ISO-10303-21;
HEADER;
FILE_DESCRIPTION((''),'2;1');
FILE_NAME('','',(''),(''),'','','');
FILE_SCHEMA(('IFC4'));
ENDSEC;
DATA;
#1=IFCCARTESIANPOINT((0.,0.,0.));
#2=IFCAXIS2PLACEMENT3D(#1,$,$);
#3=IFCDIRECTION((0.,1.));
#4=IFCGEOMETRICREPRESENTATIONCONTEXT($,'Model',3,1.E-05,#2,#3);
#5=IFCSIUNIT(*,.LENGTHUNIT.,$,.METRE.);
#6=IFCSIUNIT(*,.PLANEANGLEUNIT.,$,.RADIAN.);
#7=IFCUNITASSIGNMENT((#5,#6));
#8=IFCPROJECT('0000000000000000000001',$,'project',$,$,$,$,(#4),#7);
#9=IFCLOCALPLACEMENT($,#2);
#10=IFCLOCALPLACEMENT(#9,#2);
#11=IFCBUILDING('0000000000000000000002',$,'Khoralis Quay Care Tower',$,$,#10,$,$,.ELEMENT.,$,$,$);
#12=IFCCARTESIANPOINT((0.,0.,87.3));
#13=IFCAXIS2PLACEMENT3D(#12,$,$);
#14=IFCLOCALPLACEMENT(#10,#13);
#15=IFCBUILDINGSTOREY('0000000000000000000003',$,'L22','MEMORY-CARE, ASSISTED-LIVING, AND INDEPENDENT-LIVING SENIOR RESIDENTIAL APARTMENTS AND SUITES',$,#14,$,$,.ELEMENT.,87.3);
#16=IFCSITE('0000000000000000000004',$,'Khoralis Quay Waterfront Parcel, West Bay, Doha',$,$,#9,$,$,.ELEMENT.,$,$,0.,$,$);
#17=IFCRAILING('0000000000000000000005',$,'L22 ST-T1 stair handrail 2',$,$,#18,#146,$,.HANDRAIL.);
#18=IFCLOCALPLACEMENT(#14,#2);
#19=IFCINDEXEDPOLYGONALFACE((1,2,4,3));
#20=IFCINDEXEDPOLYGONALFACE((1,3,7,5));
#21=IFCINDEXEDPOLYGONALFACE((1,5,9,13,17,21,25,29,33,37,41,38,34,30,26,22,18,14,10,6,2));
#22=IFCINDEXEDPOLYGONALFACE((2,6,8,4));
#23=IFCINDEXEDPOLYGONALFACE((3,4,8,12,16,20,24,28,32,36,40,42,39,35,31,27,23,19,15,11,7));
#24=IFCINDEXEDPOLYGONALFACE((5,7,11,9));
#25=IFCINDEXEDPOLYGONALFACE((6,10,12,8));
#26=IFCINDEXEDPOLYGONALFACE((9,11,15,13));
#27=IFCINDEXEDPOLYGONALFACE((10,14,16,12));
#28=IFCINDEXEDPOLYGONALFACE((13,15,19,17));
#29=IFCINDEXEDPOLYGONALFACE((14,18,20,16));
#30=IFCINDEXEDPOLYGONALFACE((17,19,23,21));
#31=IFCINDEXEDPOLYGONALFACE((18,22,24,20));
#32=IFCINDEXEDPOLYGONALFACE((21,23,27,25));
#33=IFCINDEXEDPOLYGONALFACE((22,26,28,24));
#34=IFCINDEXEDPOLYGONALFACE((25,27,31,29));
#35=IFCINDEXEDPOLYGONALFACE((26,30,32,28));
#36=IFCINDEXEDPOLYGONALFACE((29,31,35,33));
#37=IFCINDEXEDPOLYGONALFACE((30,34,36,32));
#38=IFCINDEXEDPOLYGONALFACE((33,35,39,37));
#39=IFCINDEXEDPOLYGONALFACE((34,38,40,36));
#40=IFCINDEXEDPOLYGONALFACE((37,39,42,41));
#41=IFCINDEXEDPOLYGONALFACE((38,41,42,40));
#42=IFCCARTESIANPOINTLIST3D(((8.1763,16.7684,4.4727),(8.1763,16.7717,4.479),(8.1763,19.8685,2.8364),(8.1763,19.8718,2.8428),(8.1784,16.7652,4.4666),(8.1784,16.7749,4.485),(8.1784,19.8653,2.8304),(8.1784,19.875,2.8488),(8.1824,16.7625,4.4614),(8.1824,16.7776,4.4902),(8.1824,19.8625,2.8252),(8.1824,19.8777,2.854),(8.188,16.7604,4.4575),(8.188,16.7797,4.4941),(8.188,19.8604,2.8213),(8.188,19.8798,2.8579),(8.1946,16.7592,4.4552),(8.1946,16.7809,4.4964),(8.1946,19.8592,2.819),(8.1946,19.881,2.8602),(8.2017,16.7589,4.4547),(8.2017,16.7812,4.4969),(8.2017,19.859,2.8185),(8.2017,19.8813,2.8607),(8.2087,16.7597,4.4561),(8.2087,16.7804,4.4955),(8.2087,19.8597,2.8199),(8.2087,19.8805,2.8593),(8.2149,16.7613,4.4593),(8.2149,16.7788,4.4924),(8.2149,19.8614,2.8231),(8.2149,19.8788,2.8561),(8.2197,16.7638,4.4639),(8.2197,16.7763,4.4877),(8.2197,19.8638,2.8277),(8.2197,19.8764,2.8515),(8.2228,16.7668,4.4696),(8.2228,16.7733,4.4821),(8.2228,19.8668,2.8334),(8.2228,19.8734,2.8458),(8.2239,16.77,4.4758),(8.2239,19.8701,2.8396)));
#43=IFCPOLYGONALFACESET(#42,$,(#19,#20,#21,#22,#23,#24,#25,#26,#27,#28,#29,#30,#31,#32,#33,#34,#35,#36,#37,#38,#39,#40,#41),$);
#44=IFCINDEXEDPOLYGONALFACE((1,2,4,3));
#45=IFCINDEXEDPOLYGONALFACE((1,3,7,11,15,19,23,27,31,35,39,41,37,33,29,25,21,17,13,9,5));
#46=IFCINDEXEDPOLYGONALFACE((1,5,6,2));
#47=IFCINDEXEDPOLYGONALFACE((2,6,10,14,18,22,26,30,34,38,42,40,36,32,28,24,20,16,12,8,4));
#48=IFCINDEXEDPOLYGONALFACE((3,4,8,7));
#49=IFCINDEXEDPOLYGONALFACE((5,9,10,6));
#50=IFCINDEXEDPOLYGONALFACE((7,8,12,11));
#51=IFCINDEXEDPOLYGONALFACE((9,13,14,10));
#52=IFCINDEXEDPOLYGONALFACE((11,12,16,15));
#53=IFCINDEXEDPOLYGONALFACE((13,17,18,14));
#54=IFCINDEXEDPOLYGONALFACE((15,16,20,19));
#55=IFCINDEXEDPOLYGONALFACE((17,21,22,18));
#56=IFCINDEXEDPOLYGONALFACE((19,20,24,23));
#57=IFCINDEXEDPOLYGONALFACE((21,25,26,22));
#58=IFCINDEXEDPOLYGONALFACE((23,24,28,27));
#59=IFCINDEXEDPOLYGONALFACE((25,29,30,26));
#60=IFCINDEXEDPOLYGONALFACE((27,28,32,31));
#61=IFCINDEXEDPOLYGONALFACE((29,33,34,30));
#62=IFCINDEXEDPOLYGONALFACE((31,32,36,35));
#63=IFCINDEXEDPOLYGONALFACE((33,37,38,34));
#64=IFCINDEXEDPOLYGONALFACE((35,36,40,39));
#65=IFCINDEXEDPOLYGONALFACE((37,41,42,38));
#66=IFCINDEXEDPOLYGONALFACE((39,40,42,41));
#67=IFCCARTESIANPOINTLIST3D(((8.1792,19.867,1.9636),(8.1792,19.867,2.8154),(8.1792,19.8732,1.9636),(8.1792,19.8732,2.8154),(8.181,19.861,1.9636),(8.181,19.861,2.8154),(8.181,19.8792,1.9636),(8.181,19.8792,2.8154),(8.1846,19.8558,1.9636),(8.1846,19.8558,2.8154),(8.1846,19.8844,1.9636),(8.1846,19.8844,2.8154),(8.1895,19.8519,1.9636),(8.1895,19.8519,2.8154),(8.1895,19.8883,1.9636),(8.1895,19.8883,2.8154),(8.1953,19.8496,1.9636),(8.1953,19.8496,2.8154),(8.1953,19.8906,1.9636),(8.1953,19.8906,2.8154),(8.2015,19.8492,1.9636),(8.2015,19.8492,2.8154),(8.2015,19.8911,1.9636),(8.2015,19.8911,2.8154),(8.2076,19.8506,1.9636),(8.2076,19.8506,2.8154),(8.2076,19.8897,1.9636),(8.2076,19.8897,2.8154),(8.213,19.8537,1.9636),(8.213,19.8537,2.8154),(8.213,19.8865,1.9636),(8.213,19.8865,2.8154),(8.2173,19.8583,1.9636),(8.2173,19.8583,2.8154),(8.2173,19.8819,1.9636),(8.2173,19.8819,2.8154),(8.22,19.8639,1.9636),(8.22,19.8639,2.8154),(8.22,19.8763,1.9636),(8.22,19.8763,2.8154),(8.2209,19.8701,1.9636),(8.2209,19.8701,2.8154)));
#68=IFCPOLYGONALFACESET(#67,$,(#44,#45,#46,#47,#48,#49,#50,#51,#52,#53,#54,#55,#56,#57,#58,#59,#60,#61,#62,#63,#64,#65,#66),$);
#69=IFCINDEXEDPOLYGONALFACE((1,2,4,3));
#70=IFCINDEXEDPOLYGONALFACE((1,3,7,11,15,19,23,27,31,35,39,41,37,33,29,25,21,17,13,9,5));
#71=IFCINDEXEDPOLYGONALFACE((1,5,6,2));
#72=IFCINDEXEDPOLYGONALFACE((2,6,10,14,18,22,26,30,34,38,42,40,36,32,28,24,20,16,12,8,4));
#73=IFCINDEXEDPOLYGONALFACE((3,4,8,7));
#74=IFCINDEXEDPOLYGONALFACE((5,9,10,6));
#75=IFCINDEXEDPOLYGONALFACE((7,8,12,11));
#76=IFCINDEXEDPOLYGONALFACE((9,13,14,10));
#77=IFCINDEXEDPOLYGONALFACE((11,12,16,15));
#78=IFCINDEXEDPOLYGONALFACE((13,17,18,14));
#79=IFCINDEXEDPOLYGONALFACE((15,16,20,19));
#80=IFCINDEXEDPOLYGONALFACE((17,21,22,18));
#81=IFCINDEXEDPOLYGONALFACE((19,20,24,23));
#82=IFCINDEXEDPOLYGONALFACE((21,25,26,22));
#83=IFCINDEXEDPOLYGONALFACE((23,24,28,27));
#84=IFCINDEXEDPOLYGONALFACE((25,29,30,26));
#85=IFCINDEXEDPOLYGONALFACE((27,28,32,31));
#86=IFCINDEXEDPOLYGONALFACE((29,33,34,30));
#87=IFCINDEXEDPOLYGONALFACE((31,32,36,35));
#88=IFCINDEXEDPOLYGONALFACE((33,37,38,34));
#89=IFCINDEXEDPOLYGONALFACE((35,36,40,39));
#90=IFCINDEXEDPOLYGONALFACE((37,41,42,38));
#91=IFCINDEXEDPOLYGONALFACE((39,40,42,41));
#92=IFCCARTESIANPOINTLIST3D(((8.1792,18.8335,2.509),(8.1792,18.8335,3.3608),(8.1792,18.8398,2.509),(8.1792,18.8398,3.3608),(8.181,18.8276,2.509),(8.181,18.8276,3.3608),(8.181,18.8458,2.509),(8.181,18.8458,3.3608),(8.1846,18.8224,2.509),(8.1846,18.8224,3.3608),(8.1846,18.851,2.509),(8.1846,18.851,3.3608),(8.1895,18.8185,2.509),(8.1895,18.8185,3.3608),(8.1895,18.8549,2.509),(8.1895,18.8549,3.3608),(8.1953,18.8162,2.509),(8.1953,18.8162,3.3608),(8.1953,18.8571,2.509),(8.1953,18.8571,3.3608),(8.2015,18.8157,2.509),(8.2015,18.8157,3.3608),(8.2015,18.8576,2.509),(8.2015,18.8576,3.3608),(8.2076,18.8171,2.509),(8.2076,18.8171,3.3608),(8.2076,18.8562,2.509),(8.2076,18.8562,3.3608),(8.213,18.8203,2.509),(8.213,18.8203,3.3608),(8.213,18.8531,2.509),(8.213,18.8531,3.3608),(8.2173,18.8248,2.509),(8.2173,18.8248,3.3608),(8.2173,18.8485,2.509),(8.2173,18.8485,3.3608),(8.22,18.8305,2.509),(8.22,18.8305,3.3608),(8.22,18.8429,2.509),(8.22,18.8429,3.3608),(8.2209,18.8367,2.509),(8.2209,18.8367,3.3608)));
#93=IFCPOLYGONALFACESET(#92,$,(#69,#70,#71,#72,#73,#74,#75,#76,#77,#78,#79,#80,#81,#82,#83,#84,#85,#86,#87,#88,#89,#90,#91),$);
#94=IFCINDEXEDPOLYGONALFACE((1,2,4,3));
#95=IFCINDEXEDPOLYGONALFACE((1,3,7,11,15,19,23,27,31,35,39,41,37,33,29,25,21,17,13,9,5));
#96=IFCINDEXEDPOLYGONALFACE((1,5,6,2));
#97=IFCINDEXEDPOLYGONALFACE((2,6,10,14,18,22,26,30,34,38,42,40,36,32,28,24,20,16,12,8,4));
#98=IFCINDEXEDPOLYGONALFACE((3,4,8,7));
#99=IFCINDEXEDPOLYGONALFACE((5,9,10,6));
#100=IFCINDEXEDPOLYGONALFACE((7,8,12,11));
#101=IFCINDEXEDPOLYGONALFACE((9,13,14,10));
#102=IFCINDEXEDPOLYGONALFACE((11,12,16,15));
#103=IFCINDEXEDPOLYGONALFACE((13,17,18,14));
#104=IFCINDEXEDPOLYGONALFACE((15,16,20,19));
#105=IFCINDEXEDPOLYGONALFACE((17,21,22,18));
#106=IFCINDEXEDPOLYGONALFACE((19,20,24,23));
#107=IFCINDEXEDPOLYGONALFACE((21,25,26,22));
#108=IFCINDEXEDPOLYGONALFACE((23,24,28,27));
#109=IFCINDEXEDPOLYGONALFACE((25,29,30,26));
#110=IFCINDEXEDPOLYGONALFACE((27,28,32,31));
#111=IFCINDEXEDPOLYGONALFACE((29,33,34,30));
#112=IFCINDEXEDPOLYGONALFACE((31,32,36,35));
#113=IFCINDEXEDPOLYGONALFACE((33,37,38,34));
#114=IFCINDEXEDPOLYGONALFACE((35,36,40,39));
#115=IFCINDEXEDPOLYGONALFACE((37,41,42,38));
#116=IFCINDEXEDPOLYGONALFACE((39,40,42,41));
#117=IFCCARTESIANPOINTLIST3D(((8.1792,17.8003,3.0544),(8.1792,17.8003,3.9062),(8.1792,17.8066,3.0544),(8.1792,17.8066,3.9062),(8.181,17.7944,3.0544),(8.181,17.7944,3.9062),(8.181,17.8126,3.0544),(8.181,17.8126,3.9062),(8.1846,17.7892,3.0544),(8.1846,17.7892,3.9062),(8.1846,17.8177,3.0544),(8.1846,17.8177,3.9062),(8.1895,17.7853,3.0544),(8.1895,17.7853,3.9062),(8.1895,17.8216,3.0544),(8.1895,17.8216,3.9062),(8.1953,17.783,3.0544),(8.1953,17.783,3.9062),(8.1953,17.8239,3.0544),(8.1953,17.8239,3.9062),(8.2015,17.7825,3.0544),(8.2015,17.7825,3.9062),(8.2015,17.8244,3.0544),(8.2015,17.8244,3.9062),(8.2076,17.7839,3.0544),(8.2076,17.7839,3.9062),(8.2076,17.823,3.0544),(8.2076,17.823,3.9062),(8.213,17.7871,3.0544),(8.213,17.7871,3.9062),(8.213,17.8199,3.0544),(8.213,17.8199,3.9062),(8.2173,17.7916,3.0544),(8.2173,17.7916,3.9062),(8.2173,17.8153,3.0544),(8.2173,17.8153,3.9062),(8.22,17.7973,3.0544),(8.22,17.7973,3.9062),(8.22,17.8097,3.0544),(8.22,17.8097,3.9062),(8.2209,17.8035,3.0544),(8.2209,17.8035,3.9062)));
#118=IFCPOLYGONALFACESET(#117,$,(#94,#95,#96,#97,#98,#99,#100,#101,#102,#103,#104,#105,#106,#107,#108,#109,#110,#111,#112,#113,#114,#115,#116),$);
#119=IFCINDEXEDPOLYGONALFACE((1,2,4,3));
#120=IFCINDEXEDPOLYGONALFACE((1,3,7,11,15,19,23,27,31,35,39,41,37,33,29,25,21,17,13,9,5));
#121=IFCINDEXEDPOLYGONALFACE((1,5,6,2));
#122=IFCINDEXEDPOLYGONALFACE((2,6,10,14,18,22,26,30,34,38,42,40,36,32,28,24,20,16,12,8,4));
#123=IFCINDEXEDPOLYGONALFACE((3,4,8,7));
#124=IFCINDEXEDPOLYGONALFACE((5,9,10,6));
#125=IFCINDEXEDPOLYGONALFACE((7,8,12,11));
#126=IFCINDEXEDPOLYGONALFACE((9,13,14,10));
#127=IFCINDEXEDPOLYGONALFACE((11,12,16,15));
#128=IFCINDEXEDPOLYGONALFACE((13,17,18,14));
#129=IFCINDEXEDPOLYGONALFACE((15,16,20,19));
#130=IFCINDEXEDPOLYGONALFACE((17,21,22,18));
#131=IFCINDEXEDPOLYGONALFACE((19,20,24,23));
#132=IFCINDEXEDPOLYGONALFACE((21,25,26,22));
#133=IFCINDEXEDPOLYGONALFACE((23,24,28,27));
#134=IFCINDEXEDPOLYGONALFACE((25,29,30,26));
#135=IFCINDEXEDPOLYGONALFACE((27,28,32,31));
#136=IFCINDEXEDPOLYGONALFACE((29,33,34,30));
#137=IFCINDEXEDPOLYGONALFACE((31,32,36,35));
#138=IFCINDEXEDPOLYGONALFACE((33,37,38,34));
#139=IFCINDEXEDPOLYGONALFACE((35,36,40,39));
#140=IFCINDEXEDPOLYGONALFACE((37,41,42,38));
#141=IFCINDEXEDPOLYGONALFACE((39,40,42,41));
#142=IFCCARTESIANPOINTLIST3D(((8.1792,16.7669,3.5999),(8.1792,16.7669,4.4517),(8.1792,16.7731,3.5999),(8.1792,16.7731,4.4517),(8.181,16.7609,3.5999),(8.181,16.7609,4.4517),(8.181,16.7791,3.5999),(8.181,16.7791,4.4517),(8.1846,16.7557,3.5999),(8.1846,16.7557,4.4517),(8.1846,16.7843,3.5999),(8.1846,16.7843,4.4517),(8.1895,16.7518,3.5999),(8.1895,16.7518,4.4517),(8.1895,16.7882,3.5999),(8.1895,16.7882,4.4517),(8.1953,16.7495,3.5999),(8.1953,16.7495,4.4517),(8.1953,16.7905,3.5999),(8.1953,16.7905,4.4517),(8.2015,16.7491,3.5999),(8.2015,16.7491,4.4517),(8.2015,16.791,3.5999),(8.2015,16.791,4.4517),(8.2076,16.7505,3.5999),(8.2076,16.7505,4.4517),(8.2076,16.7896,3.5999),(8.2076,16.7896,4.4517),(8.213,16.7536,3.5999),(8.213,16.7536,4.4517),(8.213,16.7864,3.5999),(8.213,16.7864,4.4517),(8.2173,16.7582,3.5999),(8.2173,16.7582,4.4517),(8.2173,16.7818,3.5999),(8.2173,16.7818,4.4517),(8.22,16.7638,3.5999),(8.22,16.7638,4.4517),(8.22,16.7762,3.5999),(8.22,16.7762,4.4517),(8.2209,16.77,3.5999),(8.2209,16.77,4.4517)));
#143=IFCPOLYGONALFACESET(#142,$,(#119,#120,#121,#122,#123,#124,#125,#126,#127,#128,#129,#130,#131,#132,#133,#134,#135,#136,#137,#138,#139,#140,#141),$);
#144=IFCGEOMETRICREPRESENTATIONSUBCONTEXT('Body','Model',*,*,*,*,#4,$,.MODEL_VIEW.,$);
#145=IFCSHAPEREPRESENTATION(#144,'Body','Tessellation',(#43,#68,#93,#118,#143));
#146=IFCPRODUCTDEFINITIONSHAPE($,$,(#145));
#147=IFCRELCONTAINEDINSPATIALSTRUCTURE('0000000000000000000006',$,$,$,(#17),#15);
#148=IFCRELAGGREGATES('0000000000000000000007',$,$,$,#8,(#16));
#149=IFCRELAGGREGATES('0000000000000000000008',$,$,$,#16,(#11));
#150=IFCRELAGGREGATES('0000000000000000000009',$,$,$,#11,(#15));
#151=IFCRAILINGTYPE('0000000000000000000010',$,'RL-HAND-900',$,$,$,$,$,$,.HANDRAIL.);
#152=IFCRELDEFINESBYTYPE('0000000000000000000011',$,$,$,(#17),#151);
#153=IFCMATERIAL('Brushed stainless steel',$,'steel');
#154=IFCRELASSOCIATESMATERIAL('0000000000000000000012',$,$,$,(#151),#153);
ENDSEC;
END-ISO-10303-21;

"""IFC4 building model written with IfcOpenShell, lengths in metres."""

from ifc_helpers import new_model, si_unit, direction, frame, origin, origin_2d, place, context, subcontext, project, spatial, circle, extrude, material, type_object, element, save


model = new_model("IFC4")

# Units and contexts
model_context = context("Model", 3, precision=1e-05, world=origin(), true_north=direction((0.0, 1.0)))
body_context = subcontext(model_context, "Body", "Model", "MODEL_VIEW")
ifc_project = project(units=[si_unit("LENGTHUNIT", "METRE"), si_unit("PLANEANGLEUNIT", "RADIAN")], contexts=[model_context])

# Site, building, storey
site_placement = place(None, origin())
site = spatial("IfcSite", under=ifc_project, at=site_placement, Name="Khoralis Quay Waterfront Parcel, West Bay, Doha", CompositionType="ELEMENT", RefElevation=0.0)
building_placement = place(site_placement, origin())
building = spatial("IfcBuilding", under=site, at=building_placement, Name="Khoralis Quay Care Tower", CompositionType="ELEMENT")
storey_placement = place(building_placement, frame((0.0, 0.0, 87.3)))
storey = spatial("IfcBuildingStorey", under=building, at=storey_placement, Name="L22", Description="MEMORY-CARE, ASSISTED-LIVING, AND INDEPENDENT-LIVING SENIOR RESIDENTIAL APARTMENTS AND SUITES", CompositionType="ELEMENT", Elevation=87.3)

# Shared definitions
ifc_material_1 = material(Name="Brushed stainless steel", Category="steel")

# Railing
railing_type_1 = type_object("IfcRailingType", Name="RL-HAND-900", PredefinedType="HANDRAIL", material=ifc_material_1)
railing_1_placement = place(storey_placement, frame((8.2, 19.8701, 1.9636)))
element("IfcRailing", 1, at=railing_1_placement, inside=storey, type_object=railing_type_1, Name="L22 ST-T1 stair handrail 2", PredefinedType="HANDRAIL", context=body_context, shape_type="SweptSolid", body=[
    extrude(circle(Radius=0.0239, at=origin_2d()), frame((0.0, 0.0, 0.876), z_axis=(0.0, -0.884377, 0.466774), x_axis=(1.0, 0.0, 0.0)), (0.0, 0.0, 1.0), 3.5054),
    extrude(circle(Radius=0.021, at=origin_2d()), origin(), (0.0, 0.0, 1.0), 0.8518),
    extrude(circle(Radius=0.021, at=origin_2d()), frame((0.0, -1.0334, 0.5454)), (0.0, 0.0, 1.0), 0.8518),
    extrude(circle(Radius=0.021, at=origin_2d()), frame((0.0, -2.0667, 1.0908)), (0.0, 0.0, 1.0), 0.8518),
    extrude(circle(Radius=0.021, at=origin_2d()), frame((0.0, -3.1001, 1.6362)), (0.0, 0.0, 1.0), 0.8518),
])

save(model, "model.ifc")
